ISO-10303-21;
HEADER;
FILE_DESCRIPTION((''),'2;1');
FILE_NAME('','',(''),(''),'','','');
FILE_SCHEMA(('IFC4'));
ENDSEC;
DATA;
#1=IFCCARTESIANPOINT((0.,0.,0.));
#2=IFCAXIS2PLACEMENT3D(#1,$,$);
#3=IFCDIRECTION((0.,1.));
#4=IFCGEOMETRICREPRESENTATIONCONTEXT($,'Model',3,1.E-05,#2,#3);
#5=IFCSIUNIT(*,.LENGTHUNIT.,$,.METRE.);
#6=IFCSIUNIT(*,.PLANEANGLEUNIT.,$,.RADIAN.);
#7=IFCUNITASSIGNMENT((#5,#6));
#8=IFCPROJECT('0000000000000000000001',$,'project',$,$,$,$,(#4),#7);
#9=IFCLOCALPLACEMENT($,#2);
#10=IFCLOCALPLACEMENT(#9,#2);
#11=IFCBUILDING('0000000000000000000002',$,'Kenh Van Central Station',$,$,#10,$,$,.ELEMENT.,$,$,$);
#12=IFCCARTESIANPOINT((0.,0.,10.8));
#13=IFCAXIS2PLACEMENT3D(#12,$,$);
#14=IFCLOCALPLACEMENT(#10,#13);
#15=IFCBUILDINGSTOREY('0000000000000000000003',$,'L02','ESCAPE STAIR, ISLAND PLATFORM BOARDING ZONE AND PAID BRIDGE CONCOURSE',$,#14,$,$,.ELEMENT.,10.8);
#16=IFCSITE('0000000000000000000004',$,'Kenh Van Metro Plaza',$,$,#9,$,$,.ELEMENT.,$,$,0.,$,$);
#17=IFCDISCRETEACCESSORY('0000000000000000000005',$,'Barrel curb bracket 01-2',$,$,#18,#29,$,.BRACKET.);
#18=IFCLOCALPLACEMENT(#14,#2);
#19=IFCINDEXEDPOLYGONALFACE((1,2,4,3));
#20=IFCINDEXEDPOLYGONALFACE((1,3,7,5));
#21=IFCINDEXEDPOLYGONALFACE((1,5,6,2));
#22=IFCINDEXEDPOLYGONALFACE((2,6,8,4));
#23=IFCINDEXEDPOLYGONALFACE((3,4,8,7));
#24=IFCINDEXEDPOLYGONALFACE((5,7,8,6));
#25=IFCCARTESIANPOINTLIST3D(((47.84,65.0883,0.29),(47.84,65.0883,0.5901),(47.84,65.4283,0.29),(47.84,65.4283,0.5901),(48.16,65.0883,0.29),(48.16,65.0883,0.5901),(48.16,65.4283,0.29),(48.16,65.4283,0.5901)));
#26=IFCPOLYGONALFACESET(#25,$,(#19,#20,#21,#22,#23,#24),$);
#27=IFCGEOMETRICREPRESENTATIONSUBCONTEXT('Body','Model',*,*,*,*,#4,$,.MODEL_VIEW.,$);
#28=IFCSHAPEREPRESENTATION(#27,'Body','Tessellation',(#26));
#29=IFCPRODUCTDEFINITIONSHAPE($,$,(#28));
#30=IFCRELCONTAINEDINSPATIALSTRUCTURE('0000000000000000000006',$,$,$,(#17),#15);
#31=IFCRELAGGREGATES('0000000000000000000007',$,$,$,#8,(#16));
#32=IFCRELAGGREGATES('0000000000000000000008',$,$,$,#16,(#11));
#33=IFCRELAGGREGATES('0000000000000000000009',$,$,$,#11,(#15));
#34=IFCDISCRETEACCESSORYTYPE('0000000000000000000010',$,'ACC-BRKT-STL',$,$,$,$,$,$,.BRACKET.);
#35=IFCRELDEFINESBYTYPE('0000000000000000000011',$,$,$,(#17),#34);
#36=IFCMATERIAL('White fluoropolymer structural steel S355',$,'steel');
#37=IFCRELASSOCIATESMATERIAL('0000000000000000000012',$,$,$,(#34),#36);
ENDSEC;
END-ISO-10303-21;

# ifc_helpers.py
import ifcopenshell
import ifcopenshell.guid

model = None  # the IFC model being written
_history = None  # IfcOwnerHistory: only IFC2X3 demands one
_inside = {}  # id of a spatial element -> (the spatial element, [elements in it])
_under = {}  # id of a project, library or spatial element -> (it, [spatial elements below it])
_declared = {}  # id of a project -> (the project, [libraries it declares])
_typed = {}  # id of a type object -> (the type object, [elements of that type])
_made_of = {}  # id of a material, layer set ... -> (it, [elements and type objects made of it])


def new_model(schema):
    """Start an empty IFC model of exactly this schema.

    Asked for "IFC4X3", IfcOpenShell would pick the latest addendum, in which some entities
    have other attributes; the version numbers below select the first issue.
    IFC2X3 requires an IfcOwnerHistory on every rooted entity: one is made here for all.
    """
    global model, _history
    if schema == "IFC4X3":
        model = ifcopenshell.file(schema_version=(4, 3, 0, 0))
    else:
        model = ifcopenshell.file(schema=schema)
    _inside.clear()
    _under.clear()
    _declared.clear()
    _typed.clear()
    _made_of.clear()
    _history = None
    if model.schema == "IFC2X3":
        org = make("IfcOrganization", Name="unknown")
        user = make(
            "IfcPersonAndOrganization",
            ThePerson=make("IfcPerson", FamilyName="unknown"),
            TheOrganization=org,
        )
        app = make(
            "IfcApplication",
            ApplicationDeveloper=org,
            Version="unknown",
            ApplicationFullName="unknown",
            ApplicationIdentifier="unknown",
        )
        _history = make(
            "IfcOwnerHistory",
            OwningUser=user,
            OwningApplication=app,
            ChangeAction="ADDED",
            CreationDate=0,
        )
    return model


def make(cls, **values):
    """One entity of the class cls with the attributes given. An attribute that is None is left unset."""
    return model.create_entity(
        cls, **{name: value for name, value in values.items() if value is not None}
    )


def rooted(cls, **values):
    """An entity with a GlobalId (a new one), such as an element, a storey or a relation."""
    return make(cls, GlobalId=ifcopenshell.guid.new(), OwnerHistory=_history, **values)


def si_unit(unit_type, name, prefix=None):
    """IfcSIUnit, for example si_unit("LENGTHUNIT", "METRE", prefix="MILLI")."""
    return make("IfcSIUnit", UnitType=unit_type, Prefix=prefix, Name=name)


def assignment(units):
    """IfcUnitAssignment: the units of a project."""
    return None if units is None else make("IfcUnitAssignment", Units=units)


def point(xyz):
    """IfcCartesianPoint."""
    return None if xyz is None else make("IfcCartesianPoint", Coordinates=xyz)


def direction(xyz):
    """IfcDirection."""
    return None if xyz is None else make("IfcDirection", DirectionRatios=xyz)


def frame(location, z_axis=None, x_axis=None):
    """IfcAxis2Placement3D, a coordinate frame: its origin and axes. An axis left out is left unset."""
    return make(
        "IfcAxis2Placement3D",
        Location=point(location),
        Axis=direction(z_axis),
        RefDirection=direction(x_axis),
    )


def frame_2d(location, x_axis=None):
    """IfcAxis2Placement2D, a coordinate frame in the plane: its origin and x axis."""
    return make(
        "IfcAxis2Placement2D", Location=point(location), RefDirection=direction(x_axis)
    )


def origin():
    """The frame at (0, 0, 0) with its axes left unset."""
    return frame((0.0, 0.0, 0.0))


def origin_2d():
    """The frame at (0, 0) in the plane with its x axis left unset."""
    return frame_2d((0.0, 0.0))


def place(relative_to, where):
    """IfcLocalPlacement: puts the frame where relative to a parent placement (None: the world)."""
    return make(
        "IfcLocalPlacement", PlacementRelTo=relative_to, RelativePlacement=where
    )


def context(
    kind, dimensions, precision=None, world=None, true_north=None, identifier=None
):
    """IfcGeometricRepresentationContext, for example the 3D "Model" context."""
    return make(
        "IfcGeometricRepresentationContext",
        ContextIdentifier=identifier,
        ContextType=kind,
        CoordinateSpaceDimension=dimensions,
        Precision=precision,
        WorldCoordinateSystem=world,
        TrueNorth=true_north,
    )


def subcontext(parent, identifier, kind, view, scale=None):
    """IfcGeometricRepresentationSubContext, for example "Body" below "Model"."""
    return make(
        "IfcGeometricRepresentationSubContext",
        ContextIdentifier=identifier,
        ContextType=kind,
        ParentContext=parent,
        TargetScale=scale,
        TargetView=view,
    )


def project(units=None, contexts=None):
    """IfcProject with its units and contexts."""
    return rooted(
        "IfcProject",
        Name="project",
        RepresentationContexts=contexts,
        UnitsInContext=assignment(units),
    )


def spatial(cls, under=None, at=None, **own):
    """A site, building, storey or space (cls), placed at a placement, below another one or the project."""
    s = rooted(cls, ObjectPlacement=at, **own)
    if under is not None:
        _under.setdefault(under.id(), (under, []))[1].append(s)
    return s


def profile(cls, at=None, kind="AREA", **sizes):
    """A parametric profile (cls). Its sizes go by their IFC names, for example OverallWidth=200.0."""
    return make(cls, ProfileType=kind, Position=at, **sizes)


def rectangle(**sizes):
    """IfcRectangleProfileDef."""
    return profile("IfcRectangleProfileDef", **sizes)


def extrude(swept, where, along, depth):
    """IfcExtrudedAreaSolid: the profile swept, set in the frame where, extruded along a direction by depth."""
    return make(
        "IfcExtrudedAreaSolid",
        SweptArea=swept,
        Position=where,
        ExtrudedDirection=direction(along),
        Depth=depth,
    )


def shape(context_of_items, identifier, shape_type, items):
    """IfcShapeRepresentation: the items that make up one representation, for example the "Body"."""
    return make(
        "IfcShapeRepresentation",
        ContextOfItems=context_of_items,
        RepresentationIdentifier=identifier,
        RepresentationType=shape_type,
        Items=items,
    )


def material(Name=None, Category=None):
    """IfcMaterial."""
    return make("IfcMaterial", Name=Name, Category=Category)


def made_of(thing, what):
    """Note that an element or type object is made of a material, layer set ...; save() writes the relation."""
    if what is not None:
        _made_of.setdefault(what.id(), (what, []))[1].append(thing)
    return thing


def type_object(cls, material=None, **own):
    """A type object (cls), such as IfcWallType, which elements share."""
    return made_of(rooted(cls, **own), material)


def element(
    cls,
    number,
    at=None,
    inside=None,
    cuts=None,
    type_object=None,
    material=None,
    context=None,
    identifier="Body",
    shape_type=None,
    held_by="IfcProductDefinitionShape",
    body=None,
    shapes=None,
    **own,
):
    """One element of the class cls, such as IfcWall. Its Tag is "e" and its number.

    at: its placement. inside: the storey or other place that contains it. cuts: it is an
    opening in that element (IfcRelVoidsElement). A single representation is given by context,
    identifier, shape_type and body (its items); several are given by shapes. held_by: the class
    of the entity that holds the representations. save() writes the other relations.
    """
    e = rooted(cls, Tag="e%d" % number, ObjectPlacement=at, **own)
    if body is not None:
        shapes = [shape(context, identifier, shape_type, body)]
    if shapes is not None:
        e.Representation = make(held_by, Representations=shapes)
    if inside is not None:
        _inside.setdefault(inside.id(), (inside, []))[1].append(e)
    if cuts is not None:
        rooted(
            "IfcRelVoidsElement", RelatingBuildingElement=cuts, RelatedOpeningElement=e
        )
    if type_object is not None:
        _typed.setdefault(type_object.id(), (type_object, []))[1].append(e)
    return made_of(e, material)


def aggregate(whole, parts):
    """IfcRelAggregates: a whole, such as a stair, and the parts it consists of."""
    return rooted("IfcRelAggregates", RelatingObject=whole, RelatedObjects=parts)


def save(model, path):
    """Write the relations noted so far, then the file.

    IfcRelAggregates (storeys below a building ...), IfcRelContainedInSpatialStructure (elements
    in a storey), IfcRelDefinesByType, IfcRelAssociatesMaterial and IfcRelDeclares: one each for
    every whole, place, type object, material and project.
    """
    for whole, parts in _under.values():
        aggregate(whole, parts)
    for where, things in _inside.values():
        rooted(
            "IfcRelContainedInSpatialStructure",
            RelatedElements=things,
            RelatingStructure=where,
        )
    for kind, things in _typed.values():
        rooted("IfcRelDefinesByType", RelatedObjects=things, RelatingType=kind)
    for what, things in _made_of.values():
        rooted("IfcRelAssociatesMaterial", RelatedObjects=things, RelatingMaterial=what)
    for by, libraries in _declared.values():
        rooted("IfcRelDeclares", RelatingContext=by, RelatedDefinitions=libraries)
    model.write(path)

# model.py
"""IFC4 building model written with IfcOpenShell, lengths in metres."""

from ifc_helpers import new_model, si_unit, direction, frame, origin, origin_2d, place, context, subcontext, project, spatial, rectangle, extrude, material, type_object, element, save


model = new_model("IFC4")

# Units and contexts
model_context = context("Model", 3, precision=1e-05, world=origin(), true_north=direction((0.0, 1.0)))
body_context = subcontext(model_context, "Body", "Model", "MODEL_VIEW")
ifc_project = project(units=[si_unit("LENGTHUNIT", "METRE"), si_unit("PLANEANGLEUNIT", "RADIAN")], contexts=[model_context])

# Site, building, storey
site_placement = place(None, origin())
site = spatial("IfcSite", under=ifc_project, at=site_placement, Name="Kenh Van Metro Plaza", CompositionType="ELEMENT", RefElevation=0.0)
building_placement = place(site_placement, origin())
building = spatial("IfcBuilding", under=site, at=building_placement, Name="Kenh Van Central Station", CompositionType="ELEMENT")
storey_placement = place(building_placement, frame((0.0, 0.0, 10.8)))
storey = spatial("IfcBuildingStorey", under=building, at=storey_placement, Name="L02", Description="ESCAPE STAIR, ISLAND PLATFORM BOARDING ZONE AND PAID BRIDGE CONCOURSE", CompositionType="ELEMENT", Elevation=10.8)

# Shared definitions
ifc_material_1 = material(Name="White fluoropolymer structural steel S355", Category="steel")

# Discrete accessory
discrete_accessory_type = type_object("IfcDiscreteAccessoryType", Name="ACC-BRKT-STL", PredefinedType="BRACKET", material=ifc_material_1)
discrete_accessory_placement = place(storey_placement, frame((48.0, 65.2583, 0.29), z_axis=(0.0, 0.0, 1.0), x_axis=(1.0, 0.0, 0.0)))
element("IfcDiscreteAccessory", 1, at=discrete_accessory_placement, inside=storey, type_object=discrete_accessory_type, Name="Barrel curb bracket 01-2", PredefinedType="BRACKET", context=body_context, shape_type="SweptSolid", body=[
    extrude(rectangle(XDim=0.3201, YDim=0.3401, at=origin_2d()), origin(), (0.0, 0.0, 1.0), 0.3),
])

save(model, "model.ifc")
